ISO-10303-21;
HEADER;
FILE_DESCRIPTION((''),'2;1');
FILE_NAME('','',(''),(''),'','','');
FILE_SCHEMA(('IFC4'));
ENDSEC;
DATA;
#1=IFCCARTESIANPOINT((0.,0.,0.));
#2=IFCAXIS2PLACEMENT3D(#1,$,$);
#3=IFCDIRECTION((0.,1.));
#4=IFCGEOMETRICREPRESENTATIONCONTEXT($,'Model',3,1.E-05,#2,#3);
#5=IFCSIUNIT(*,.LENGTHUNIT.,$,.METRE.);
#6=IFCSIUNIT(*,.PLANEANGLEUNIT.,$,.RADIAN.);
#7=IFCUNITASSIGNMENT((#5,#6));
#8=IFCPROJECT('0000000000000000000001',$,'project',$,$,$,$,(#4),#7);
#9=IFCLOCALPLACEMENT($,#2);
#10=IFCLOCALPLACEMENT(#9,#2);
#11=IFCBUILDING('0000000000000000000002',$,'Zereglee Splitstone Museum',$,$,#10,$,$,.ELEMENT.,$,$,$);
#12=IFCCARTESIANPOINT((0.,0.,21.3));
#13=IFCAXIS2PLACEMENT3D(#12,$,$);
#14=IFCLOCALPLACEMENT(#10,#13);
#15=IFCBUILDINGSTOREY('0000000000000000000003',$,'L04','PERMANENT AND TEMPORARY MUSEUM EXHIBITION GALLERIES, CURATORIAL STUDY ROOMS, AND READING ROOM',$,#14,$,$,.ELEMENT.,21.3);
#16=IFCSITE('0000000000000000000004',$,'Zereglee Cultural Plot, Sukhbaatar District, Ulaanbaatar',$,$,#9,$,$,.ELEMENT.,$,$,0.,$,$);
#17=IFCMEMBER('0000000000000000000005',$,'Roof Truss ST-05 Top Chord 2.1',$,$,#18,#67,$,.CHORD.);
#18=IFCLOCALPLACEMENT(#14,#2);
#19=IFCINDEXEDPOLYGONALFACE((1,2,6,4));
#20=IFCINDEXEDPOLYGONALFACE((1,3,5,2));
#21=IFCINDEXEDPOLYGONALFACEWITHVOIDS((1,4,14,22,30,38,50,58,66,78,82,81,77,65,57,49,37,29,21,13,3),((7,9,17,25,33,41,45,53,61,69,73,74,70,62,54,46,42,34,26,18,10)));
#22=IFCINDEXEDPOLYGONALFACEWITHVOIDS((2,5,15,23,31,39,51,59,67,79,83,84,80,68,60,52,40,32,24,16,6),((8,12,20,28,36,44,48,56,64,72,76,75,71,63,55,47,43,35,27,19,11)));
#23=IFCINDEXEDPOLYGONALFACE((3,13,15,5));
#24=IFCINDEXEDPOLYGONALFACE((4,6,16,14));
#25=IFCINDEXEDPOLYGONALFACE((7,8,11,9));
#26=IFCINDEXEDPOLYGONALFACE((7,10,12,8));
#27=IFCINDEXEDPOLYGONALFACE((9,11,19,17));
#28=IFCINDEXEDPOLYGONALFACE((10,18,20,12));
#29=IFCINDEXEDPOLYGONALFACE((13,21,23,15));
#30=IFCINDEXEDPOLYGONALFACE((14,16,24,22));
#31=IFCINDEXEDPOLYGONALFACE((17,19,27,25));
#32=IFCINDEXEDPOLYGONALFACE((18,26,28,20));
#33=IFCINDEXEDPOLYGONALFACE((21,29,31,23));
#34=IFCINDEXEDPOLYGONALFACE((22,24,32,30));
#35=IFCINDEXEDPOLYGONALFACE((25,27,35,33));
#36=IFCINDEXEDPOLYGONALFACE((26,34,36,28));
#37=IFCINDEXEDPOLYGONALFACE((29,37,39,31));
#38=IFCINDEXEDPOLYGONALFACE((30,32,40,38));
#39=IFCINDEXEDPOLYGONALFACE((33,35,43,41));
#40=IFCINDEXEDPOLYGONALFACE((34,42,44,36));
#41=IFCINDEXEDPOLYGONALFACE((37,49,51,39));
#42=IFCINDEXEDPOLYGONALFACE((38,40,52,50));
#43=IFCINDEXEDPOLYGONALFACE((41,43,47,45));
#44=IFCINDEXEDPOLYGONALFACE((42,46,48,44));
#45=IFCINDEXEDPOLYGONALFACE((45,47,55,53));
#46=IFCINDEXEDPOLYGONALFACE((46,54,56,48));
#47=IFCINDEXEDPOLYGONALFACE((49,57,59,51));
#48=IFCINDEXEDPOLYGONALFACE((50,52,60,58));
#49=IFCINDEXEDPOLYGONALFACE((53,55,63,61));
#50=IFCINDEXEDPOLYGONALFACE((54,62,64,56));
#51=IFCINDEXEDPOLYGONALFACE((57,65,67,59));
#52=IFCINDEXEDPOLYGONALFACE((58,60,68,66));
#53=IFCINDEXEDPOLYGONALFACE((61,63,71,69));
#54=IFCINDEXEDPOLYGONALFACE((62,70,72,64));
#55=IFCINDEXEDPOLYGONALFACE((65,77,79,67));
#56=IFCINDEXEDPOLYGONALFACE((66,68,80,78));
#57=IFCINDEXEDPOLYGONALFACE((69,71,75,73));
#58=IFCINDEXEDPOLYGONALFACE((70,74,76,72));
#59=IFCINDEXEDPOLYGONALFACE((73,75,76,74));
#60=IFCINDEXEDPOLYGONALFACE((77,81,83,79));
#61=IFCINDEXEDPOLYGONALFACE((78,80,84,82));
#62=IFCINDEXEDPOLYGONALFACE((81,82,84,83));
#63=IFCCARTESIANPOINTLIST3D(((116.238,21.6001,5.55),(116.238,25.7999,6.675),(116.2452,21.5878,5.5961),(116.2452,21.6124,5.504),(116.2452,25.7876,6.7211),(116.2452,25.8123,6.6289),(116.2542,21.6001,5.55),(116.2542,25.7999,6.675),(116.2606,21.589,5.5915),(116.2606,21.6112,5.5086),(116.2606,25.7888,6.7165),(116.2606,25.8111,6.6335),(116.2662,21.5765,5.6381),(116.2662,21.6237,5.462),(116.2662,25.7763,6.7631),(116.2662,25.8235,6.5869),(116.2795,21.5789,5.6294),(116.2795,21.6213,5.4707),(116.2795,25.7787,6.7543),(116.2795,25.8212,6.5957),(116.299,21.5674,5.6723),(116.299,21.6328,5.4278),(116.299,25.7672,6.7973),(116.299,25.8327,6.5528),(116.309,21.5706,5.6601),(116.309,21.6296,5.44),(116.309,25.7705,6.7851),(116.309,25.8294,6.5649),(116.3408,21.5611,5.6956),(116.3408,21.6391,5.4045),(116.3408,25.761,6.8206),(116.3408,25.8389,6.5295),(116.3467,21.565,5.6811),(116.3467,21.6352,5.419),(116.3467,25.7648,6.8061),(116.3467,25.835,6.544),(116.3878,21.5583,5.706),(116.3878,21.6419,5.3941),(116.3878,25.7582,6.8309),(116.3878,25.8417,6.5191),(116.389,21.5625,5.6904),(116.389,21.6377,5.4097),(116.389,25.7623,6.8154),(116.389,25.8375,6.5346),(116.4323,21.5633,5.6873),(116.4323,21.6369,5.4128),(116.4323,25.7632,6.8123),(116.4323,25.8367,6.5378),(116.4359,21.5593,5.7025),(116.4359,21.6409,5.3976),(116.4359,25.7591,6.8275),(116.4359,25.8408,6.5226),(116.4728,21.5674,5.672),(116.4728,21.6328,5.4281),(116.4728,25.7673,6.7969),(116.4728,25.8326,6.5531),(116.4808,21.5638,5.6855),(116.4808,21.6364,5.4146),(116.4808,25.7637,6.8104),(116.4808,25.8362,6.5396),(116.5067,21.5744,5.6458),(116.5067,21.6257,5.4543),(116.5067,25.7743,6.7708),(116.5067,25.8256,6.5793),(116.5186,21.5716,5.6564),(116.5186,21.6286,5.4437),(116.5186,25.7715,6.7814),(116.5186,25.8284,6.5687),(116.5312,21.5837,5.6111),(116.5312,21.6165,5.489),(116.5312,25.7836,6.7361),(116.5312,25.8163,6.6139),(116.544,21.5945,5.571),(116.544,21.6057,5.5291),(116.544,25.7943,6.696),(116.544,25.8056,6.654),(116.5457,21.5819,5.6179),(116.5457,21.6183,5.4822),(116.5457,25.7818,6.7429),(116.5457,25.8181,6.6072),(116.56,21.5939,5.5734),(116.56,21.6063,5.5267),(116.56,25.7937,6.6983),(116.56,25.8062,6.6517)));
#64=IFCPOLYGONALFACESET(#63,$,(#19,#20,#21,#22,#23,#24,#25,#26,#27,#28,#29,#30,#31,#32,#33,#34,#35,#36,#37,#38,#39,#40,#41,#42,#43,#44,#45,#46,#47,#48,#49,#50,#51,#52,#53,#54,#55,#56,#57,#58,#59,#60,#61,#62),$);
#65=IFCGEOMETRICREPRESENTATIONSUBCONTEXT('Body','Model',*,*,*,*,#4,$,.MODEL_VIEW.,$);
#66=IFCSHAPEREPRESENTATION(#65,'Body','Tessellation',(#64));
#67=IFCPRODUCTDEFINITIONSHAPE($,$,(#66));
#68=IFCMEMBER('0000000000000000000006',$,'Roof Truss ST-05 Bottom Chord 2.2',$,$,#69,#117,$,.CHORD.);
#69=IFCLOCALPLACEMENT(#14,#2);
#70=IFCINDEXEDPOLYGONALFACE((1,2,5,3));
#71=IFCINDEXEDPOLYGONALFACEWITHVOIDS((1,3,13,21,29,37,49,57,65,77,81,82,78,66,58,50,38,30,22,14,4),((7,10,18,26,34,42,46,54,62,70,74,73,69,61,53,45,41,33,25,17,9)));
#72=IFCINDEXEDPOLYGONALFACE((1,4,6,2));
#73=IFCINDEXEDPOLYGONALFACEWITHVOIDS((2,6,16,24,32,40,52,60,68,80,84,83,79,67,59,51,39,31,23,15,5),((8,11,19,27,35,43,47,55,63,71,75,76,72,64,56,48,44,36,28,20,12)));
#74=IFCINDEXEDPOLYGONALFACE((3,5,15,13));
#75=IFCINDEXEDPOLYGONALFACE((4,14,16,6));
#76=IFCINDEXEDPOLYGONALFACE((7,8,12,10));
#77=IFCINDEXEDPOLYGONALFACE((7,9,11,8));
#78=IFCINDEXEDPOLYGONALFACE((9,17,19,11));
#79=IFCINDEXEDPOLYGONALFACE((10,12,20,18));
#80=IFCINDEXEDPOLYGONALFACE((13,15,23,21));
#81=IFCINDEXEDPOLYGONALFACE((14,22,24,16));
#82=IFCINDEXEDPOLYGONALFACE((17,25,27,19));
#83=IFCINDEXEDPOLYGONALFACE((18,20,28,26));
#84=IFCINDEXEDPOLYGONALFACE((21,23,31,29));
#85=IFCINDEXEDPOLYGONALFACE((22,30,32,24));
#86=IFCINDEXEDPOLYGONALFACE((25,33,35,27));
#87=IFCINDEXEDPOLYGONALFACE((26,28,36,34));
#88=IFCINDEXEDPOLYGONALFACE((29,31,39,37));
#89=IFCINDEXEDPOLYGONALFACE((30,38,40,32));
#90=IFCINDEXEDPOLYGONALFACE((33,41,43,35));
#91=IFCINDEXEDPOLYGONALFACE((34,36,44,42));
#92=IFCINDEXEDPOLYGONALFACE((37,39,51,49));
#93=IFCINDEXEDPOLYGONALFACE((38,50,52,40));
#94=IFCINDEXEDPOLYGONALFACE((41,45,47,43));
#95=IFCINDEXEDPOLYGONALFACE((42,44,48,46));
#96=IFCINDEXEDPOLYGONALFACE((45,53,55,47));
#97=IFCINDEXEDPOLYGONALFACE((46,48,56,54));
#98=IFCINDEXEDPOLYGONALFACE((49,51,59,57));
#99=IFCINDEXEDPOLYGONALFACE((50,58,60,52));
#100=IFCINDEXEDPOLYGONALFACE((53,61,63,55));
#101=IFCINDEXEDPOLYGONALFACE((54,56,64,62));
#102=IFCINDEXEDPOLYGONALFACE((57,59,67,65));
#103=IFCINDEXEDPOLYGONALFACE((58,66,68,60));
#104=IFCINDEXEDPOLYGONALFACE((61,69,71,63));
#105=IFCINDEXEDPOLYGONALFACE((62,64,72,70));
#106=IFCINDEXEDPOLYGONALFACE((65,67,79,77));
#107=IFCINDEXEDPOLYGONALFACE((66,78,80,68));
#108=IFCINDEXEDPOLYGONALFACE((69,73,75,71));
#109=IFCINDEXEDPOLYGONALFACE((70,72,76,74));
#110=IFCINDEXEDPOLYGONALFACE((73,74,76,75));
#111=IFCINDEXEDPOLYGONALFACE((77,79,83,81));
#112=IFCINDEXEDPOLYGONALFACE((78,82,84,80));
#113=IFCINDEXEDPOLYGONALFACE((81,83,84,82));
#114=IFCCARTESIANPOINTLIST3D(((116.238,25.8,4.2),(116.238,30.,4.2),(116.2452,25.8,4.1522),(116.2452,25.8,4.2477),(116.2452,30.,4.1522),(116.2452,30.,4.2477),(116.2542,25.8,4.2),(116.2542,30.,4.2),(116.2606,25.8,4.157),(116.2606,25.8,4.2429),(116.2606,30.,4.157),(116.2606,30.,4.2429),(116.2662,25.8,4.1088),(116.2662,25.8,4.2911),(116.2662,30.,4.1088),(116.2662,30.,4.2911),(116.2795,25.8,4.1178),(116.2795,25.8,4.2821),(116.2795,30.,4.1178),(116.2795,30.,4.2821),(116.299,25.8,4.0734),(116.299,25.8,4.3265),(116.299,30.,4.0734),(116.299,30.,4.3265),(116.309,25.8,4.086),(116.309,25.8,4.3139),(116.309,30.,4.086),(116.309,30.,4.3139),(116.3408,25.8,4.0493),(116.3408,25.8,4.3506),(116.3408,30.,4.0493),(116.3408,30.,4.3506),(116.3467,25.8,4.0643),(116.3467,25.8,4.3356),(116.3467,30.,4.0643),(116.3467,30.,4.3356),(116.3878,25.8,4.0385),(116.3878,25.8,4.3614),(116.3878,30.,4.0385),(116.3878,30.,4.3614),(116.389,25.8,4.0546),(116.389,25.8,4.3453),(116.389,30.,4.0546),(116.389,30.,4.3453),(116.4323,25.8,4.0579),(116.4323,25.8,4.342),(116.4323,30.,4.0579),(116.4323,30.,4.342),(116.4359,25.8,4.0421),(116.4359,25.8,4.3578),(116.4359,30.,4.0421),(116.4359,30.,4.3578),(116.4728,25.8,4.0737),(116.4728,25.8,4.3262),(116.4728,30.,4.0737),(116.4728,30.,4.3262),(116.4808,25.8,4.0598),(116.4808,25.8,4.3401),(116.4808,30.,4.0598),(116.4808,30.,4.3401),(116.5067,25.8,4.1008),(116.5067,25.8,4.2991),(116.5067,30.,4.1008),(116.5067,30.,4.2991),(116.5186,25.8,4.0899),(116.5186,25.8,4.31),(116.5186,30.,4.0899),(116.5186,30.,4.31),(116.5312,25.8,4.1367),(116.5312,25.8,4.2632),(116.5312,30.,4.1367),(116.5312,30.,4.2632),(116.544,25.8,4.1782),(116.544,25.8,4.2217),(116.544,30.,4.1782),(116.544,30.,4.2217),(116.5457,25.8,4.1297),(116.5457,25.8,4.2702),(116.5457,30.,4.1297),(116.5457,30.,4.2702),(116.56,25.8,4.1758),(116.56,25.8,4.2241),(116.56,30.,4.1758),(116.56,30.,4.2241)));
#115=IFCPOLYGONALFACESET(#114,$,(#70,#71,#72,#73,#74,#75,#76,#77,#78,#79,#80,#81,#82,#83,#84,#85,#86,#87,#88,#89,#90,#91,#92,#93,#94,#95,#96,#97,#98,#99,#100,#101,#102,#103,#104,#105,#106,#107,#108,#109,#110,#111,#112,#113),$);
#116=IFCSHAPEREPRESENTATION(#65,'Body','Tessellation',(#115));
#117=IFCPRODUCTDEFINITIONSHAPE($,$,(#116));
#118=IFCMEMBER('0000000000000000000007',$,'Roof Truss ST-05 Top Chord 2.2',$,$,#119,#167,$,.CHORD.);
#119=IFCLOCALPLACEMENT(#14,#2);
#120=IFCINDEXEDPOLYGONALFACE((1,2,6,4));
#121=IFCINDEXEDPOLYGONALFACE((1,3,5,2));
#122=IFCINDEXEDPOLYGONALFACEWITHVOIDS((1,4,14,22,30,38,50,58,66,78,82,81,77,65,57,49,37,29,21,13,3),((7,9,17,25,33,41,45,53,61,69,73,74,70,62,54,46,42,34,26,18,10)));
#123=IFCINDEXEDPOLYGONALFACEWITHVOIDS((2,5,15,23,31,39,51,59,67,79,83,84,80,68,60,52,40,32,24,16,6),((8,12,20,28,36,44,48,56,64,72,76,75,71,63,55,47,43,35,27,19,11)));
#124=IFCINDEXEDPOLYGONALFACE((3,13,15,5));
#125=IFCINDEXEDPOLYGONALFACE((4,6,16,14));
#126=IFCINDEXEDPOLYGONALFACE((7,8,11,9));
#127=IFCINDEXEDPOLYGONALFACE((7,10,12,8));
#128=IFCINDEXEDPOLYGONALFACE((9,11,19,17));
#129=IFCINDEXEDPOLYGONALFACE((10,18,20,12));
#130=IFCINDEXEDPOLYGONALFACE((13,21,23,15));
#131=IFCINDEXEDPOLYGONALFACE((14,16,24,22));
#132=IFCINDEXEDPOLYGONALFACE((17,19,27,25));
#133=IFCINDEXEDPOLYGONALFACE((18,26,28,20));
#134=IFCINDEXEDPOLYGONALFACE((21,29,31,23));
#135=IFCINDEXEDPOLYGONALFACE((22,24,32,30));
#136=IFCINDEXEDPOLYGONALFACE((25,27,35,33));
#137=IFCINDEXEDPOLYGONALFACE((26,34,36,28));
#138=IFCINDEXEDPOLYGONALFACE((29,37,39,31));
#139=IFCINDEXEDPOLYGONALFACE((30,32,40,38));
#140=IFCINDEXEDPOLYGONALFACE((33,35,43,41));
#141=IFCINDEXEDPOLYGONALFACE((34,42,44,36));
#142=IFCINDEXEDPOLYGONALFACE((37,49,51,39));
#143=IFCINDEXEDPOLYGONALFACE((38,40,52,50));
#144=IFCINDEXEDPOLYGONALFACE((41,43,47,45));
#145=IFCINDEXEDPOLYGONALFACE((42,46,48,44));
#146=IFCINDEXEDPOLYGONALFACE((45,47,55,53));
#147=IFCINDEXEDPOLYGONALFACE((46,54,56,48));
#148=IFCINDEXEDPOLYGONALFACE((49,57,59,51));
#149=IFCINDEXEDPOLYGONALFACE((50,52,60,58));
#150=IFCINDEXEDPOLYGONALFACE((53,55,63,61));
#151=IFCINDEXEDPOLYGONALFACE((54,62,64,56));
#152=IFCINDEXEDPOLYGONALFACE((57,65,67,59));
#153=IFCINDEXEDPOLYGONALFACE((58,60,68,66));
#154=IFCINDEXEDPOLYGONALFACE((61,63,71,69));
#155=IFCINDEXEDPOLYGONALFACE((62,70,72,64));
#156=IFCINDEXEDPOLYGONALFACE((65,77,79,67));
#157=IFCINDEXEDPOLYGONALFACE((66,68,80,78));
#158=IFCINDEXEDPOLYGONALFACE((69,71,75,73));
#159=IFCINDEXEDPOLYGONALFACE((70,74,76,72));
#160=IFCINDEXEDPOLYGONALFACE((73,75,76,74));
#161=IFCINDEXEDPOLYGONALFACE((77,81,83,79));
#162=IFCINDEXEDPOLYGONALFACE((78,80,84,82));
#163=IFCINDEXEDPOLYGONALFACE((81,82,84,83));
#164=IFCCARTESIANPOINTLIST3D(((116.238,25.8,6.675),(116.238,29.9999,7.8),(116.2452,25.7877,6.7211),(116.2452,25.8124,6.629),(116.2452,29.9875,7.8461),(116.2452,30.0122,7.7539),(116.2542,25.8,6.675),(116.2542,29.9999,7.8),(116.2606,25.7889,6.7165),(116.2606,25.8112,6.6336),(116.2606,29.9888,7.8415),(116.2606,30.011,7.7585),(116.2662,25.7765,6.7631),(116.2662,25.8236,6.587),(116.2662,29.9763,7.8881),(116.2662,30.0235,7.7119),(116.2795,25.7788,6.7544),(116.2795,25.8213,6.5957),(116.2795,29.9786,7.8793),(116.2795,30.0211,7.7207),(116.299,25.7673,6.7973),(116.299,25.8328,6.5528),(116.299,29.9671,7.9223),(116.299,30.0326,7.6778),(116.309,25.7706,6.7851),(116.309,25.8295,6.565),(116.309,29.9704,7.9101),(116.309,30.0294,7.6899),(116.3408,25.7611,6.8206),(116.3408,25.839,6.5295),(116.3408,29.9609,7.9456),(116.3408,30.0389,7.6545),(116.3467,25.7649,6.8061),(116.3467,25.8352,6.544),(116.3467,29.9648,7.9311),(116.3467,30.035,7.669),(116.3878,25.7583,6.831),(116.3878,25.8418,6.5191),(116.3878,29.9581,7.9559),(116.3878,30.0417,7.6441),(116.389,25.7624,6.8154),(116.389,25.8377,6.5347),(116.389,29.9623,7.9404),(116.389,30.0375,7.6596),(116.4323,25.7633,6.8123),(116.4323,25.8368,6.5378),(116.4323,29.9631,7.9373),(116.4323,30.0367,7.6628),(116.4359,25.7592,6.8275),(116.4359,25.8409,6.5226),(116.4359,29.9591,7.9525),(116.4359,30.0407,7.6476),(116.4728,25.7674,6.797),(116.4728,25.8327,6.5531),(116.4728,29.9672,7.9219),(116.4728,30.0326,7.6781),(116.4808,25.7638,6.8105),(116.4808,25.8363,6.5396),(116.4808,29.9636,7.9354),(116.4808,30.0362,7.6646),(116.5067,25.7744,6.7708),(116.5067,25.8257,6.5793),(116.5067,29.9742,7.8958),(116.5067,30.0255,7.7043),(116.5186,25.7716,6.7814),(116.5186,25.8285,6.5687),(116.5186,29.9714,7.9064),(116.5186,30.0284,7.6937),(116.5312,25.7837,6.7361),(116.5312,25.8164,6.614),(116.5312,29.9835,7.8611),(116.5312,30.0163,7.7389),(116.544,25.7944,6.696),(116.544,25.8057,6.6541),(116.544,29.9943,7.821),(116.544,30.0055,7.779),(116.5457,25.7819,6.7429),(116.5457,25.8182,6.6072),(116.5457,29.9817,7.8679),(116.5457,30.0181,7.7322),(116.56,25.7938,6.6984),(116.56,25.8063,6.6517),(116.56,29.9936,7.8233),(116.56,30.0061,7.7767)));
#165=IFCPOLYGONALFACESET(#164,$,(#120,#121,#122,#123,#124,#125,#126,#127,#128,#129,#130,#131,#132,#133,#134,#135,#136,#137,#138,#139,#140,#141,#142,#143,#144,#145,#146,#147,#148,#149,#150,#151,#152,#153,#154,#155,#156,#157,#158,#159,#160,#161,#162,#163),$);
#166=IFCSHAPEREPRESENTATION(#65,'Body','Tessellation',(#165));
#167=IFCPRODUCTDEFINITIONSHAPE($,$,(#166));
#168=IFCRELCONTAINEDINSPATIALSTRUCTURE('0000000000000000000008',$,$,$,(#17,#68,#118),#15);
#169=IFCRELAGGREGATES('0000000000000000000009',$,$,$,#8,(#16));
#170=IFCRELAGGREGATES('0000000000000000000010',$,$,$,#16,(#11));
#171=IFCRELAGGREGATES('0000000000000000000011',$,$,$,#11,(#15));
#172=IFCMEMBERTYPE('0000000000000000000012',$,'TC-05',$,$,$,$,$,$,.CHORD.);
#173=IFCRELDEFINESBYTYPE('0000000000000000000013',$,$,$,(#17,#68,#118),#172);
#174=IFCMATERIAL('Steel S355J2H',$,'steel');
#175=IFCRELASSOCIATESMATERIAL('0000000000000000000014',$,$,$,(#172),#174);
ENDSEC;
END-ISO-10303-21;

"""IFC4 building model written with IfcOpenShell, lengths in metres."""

from ifc_helpers import new_model, si_unit, direction, frame, origin, origin_2d, place, context, subcontext, project, spatial, hollow_circle, extrude, material, material_profile, profile_set, type_object, element, save


model = new_model("IFC4")

# Units and contexts
model_context = context("Model", 3, precision=1e-05, world=origin(), true_north=direction((0.0, 1.0)))
body_context = subcontext(model_context, "Body", "Model", "MODEL_VIEW")
ifc_project = project(units=[si_unit("LENGTHUNIT", "METRE"), si_unit("PLANEANGLEUNIT", "RADIAN")], contexts=[model_context])

# Site, building, storey
site_placement = place(None, origin())
site = spatial("IfcSite", under=ifc_project, at=site_placement, Name="Zereglee Cultural Plot, Sukhbaatar District, Ulaanbaatar", CompositionType="ELEMENT", RefElevation=0.0)
building_placement = place(site_placement, origin())
building = spatial("IfcBuilding", under=site, at=building_placement, Name="Zereglee Splitstone Museum", CompositionType="ELEMENT")
storey_placement = place(building_placement, frame((0.0, 0.0, 21.3)))
storey = spatial("IfcBuildingStorey", under=building, at=storey_placement, Name="L04", Description="PERMANENT AND TEMPORARY MUSEUM EXHIBITION GALLERIES, CURATORIAL STUDY ROOMS, AND READING ROOM", CompositionType="ELEMENT", Elevation=21.3)

# Members
ifc_material_1 = material(Name="Steel S355J2H", Category="steel")
ifc_material_profile_1 = material_profile(ifc_material_1, hollow_circle(Radius=0.1619, WallThickness=0.0161, at=origin_2d()), Name="CHS 323.9x16")
ifc_profile_set_1 = profile_set([ifc_material_profile_1], Name="Steel S355J2H")
member_type_1 = type_object("IfcMemberType", Name="TC-05", PredefinedType="CHORD", material=ifc_profile_set_1)
member_1_placement = place(storey_placement, frame((116.3999, 21.6001, 5.55), z_axis=(0.0, 0.965947, 0.258739), x_axis=(-1.0, 0.0, 0.0)))
element("IfcMember", 1, at=member_1_placement, inside=storey, type_object=member_type_1, Name="Roof Truss ST-05 Top Chord 2.1", PredefinedType="CHORD", context=body_context, shape_type="SweptSolid", body=[
    extrude(hollow_circle(Radius=0.1619, WallThickness=0.0161, at=origin_2d()), origin(), (0.0, 0.0, 1.0), 4.3479),
])
member_2_placement = place(storey_placement, frame((116.3999, 25.8, 4.2), z_axis=(0.0, 1.0, 0.0), x_axis=(-1.0, 0.0, 0.0)))
element("IfcMember", 2, at=member_2_placement, inside=storey, type_object=member_type_1, Name="Roof Truss ST-05 Bottom Chord 2.2", PredefinedType="CHORD", context=body_context, shape_type="SweptSolid", body=[
    extrude(hollow_circle(Radius=0.1619, WallThickness=0.0161, at=origin_2d()), origin(), (0.0, 0.0, 1.0), 4.2),
])
member_3_placement = place(storey_placement, frame((116.3999, 25.8, 6.675), z_axis=(0.0, 0.965947, 0.258739), x_axis=(-1.0, 0.0, 0.0)))
element("IfcMember", 3, at=member_3_placement, inside=storey, type_object=member_type_1, Name="Roof Truss ST-05 Top Chord 2.2", PredefinedType="CHORD", context=body_context, shape_type="SweptSolid", body=[
    extrude(hollow_circle(Radius=0.1619, WallThickness=0.0161, at=origin_2d()), origin(), (0.0, 0.0, 1.0), 4.3479),
])

save(model, "model.ifc")
